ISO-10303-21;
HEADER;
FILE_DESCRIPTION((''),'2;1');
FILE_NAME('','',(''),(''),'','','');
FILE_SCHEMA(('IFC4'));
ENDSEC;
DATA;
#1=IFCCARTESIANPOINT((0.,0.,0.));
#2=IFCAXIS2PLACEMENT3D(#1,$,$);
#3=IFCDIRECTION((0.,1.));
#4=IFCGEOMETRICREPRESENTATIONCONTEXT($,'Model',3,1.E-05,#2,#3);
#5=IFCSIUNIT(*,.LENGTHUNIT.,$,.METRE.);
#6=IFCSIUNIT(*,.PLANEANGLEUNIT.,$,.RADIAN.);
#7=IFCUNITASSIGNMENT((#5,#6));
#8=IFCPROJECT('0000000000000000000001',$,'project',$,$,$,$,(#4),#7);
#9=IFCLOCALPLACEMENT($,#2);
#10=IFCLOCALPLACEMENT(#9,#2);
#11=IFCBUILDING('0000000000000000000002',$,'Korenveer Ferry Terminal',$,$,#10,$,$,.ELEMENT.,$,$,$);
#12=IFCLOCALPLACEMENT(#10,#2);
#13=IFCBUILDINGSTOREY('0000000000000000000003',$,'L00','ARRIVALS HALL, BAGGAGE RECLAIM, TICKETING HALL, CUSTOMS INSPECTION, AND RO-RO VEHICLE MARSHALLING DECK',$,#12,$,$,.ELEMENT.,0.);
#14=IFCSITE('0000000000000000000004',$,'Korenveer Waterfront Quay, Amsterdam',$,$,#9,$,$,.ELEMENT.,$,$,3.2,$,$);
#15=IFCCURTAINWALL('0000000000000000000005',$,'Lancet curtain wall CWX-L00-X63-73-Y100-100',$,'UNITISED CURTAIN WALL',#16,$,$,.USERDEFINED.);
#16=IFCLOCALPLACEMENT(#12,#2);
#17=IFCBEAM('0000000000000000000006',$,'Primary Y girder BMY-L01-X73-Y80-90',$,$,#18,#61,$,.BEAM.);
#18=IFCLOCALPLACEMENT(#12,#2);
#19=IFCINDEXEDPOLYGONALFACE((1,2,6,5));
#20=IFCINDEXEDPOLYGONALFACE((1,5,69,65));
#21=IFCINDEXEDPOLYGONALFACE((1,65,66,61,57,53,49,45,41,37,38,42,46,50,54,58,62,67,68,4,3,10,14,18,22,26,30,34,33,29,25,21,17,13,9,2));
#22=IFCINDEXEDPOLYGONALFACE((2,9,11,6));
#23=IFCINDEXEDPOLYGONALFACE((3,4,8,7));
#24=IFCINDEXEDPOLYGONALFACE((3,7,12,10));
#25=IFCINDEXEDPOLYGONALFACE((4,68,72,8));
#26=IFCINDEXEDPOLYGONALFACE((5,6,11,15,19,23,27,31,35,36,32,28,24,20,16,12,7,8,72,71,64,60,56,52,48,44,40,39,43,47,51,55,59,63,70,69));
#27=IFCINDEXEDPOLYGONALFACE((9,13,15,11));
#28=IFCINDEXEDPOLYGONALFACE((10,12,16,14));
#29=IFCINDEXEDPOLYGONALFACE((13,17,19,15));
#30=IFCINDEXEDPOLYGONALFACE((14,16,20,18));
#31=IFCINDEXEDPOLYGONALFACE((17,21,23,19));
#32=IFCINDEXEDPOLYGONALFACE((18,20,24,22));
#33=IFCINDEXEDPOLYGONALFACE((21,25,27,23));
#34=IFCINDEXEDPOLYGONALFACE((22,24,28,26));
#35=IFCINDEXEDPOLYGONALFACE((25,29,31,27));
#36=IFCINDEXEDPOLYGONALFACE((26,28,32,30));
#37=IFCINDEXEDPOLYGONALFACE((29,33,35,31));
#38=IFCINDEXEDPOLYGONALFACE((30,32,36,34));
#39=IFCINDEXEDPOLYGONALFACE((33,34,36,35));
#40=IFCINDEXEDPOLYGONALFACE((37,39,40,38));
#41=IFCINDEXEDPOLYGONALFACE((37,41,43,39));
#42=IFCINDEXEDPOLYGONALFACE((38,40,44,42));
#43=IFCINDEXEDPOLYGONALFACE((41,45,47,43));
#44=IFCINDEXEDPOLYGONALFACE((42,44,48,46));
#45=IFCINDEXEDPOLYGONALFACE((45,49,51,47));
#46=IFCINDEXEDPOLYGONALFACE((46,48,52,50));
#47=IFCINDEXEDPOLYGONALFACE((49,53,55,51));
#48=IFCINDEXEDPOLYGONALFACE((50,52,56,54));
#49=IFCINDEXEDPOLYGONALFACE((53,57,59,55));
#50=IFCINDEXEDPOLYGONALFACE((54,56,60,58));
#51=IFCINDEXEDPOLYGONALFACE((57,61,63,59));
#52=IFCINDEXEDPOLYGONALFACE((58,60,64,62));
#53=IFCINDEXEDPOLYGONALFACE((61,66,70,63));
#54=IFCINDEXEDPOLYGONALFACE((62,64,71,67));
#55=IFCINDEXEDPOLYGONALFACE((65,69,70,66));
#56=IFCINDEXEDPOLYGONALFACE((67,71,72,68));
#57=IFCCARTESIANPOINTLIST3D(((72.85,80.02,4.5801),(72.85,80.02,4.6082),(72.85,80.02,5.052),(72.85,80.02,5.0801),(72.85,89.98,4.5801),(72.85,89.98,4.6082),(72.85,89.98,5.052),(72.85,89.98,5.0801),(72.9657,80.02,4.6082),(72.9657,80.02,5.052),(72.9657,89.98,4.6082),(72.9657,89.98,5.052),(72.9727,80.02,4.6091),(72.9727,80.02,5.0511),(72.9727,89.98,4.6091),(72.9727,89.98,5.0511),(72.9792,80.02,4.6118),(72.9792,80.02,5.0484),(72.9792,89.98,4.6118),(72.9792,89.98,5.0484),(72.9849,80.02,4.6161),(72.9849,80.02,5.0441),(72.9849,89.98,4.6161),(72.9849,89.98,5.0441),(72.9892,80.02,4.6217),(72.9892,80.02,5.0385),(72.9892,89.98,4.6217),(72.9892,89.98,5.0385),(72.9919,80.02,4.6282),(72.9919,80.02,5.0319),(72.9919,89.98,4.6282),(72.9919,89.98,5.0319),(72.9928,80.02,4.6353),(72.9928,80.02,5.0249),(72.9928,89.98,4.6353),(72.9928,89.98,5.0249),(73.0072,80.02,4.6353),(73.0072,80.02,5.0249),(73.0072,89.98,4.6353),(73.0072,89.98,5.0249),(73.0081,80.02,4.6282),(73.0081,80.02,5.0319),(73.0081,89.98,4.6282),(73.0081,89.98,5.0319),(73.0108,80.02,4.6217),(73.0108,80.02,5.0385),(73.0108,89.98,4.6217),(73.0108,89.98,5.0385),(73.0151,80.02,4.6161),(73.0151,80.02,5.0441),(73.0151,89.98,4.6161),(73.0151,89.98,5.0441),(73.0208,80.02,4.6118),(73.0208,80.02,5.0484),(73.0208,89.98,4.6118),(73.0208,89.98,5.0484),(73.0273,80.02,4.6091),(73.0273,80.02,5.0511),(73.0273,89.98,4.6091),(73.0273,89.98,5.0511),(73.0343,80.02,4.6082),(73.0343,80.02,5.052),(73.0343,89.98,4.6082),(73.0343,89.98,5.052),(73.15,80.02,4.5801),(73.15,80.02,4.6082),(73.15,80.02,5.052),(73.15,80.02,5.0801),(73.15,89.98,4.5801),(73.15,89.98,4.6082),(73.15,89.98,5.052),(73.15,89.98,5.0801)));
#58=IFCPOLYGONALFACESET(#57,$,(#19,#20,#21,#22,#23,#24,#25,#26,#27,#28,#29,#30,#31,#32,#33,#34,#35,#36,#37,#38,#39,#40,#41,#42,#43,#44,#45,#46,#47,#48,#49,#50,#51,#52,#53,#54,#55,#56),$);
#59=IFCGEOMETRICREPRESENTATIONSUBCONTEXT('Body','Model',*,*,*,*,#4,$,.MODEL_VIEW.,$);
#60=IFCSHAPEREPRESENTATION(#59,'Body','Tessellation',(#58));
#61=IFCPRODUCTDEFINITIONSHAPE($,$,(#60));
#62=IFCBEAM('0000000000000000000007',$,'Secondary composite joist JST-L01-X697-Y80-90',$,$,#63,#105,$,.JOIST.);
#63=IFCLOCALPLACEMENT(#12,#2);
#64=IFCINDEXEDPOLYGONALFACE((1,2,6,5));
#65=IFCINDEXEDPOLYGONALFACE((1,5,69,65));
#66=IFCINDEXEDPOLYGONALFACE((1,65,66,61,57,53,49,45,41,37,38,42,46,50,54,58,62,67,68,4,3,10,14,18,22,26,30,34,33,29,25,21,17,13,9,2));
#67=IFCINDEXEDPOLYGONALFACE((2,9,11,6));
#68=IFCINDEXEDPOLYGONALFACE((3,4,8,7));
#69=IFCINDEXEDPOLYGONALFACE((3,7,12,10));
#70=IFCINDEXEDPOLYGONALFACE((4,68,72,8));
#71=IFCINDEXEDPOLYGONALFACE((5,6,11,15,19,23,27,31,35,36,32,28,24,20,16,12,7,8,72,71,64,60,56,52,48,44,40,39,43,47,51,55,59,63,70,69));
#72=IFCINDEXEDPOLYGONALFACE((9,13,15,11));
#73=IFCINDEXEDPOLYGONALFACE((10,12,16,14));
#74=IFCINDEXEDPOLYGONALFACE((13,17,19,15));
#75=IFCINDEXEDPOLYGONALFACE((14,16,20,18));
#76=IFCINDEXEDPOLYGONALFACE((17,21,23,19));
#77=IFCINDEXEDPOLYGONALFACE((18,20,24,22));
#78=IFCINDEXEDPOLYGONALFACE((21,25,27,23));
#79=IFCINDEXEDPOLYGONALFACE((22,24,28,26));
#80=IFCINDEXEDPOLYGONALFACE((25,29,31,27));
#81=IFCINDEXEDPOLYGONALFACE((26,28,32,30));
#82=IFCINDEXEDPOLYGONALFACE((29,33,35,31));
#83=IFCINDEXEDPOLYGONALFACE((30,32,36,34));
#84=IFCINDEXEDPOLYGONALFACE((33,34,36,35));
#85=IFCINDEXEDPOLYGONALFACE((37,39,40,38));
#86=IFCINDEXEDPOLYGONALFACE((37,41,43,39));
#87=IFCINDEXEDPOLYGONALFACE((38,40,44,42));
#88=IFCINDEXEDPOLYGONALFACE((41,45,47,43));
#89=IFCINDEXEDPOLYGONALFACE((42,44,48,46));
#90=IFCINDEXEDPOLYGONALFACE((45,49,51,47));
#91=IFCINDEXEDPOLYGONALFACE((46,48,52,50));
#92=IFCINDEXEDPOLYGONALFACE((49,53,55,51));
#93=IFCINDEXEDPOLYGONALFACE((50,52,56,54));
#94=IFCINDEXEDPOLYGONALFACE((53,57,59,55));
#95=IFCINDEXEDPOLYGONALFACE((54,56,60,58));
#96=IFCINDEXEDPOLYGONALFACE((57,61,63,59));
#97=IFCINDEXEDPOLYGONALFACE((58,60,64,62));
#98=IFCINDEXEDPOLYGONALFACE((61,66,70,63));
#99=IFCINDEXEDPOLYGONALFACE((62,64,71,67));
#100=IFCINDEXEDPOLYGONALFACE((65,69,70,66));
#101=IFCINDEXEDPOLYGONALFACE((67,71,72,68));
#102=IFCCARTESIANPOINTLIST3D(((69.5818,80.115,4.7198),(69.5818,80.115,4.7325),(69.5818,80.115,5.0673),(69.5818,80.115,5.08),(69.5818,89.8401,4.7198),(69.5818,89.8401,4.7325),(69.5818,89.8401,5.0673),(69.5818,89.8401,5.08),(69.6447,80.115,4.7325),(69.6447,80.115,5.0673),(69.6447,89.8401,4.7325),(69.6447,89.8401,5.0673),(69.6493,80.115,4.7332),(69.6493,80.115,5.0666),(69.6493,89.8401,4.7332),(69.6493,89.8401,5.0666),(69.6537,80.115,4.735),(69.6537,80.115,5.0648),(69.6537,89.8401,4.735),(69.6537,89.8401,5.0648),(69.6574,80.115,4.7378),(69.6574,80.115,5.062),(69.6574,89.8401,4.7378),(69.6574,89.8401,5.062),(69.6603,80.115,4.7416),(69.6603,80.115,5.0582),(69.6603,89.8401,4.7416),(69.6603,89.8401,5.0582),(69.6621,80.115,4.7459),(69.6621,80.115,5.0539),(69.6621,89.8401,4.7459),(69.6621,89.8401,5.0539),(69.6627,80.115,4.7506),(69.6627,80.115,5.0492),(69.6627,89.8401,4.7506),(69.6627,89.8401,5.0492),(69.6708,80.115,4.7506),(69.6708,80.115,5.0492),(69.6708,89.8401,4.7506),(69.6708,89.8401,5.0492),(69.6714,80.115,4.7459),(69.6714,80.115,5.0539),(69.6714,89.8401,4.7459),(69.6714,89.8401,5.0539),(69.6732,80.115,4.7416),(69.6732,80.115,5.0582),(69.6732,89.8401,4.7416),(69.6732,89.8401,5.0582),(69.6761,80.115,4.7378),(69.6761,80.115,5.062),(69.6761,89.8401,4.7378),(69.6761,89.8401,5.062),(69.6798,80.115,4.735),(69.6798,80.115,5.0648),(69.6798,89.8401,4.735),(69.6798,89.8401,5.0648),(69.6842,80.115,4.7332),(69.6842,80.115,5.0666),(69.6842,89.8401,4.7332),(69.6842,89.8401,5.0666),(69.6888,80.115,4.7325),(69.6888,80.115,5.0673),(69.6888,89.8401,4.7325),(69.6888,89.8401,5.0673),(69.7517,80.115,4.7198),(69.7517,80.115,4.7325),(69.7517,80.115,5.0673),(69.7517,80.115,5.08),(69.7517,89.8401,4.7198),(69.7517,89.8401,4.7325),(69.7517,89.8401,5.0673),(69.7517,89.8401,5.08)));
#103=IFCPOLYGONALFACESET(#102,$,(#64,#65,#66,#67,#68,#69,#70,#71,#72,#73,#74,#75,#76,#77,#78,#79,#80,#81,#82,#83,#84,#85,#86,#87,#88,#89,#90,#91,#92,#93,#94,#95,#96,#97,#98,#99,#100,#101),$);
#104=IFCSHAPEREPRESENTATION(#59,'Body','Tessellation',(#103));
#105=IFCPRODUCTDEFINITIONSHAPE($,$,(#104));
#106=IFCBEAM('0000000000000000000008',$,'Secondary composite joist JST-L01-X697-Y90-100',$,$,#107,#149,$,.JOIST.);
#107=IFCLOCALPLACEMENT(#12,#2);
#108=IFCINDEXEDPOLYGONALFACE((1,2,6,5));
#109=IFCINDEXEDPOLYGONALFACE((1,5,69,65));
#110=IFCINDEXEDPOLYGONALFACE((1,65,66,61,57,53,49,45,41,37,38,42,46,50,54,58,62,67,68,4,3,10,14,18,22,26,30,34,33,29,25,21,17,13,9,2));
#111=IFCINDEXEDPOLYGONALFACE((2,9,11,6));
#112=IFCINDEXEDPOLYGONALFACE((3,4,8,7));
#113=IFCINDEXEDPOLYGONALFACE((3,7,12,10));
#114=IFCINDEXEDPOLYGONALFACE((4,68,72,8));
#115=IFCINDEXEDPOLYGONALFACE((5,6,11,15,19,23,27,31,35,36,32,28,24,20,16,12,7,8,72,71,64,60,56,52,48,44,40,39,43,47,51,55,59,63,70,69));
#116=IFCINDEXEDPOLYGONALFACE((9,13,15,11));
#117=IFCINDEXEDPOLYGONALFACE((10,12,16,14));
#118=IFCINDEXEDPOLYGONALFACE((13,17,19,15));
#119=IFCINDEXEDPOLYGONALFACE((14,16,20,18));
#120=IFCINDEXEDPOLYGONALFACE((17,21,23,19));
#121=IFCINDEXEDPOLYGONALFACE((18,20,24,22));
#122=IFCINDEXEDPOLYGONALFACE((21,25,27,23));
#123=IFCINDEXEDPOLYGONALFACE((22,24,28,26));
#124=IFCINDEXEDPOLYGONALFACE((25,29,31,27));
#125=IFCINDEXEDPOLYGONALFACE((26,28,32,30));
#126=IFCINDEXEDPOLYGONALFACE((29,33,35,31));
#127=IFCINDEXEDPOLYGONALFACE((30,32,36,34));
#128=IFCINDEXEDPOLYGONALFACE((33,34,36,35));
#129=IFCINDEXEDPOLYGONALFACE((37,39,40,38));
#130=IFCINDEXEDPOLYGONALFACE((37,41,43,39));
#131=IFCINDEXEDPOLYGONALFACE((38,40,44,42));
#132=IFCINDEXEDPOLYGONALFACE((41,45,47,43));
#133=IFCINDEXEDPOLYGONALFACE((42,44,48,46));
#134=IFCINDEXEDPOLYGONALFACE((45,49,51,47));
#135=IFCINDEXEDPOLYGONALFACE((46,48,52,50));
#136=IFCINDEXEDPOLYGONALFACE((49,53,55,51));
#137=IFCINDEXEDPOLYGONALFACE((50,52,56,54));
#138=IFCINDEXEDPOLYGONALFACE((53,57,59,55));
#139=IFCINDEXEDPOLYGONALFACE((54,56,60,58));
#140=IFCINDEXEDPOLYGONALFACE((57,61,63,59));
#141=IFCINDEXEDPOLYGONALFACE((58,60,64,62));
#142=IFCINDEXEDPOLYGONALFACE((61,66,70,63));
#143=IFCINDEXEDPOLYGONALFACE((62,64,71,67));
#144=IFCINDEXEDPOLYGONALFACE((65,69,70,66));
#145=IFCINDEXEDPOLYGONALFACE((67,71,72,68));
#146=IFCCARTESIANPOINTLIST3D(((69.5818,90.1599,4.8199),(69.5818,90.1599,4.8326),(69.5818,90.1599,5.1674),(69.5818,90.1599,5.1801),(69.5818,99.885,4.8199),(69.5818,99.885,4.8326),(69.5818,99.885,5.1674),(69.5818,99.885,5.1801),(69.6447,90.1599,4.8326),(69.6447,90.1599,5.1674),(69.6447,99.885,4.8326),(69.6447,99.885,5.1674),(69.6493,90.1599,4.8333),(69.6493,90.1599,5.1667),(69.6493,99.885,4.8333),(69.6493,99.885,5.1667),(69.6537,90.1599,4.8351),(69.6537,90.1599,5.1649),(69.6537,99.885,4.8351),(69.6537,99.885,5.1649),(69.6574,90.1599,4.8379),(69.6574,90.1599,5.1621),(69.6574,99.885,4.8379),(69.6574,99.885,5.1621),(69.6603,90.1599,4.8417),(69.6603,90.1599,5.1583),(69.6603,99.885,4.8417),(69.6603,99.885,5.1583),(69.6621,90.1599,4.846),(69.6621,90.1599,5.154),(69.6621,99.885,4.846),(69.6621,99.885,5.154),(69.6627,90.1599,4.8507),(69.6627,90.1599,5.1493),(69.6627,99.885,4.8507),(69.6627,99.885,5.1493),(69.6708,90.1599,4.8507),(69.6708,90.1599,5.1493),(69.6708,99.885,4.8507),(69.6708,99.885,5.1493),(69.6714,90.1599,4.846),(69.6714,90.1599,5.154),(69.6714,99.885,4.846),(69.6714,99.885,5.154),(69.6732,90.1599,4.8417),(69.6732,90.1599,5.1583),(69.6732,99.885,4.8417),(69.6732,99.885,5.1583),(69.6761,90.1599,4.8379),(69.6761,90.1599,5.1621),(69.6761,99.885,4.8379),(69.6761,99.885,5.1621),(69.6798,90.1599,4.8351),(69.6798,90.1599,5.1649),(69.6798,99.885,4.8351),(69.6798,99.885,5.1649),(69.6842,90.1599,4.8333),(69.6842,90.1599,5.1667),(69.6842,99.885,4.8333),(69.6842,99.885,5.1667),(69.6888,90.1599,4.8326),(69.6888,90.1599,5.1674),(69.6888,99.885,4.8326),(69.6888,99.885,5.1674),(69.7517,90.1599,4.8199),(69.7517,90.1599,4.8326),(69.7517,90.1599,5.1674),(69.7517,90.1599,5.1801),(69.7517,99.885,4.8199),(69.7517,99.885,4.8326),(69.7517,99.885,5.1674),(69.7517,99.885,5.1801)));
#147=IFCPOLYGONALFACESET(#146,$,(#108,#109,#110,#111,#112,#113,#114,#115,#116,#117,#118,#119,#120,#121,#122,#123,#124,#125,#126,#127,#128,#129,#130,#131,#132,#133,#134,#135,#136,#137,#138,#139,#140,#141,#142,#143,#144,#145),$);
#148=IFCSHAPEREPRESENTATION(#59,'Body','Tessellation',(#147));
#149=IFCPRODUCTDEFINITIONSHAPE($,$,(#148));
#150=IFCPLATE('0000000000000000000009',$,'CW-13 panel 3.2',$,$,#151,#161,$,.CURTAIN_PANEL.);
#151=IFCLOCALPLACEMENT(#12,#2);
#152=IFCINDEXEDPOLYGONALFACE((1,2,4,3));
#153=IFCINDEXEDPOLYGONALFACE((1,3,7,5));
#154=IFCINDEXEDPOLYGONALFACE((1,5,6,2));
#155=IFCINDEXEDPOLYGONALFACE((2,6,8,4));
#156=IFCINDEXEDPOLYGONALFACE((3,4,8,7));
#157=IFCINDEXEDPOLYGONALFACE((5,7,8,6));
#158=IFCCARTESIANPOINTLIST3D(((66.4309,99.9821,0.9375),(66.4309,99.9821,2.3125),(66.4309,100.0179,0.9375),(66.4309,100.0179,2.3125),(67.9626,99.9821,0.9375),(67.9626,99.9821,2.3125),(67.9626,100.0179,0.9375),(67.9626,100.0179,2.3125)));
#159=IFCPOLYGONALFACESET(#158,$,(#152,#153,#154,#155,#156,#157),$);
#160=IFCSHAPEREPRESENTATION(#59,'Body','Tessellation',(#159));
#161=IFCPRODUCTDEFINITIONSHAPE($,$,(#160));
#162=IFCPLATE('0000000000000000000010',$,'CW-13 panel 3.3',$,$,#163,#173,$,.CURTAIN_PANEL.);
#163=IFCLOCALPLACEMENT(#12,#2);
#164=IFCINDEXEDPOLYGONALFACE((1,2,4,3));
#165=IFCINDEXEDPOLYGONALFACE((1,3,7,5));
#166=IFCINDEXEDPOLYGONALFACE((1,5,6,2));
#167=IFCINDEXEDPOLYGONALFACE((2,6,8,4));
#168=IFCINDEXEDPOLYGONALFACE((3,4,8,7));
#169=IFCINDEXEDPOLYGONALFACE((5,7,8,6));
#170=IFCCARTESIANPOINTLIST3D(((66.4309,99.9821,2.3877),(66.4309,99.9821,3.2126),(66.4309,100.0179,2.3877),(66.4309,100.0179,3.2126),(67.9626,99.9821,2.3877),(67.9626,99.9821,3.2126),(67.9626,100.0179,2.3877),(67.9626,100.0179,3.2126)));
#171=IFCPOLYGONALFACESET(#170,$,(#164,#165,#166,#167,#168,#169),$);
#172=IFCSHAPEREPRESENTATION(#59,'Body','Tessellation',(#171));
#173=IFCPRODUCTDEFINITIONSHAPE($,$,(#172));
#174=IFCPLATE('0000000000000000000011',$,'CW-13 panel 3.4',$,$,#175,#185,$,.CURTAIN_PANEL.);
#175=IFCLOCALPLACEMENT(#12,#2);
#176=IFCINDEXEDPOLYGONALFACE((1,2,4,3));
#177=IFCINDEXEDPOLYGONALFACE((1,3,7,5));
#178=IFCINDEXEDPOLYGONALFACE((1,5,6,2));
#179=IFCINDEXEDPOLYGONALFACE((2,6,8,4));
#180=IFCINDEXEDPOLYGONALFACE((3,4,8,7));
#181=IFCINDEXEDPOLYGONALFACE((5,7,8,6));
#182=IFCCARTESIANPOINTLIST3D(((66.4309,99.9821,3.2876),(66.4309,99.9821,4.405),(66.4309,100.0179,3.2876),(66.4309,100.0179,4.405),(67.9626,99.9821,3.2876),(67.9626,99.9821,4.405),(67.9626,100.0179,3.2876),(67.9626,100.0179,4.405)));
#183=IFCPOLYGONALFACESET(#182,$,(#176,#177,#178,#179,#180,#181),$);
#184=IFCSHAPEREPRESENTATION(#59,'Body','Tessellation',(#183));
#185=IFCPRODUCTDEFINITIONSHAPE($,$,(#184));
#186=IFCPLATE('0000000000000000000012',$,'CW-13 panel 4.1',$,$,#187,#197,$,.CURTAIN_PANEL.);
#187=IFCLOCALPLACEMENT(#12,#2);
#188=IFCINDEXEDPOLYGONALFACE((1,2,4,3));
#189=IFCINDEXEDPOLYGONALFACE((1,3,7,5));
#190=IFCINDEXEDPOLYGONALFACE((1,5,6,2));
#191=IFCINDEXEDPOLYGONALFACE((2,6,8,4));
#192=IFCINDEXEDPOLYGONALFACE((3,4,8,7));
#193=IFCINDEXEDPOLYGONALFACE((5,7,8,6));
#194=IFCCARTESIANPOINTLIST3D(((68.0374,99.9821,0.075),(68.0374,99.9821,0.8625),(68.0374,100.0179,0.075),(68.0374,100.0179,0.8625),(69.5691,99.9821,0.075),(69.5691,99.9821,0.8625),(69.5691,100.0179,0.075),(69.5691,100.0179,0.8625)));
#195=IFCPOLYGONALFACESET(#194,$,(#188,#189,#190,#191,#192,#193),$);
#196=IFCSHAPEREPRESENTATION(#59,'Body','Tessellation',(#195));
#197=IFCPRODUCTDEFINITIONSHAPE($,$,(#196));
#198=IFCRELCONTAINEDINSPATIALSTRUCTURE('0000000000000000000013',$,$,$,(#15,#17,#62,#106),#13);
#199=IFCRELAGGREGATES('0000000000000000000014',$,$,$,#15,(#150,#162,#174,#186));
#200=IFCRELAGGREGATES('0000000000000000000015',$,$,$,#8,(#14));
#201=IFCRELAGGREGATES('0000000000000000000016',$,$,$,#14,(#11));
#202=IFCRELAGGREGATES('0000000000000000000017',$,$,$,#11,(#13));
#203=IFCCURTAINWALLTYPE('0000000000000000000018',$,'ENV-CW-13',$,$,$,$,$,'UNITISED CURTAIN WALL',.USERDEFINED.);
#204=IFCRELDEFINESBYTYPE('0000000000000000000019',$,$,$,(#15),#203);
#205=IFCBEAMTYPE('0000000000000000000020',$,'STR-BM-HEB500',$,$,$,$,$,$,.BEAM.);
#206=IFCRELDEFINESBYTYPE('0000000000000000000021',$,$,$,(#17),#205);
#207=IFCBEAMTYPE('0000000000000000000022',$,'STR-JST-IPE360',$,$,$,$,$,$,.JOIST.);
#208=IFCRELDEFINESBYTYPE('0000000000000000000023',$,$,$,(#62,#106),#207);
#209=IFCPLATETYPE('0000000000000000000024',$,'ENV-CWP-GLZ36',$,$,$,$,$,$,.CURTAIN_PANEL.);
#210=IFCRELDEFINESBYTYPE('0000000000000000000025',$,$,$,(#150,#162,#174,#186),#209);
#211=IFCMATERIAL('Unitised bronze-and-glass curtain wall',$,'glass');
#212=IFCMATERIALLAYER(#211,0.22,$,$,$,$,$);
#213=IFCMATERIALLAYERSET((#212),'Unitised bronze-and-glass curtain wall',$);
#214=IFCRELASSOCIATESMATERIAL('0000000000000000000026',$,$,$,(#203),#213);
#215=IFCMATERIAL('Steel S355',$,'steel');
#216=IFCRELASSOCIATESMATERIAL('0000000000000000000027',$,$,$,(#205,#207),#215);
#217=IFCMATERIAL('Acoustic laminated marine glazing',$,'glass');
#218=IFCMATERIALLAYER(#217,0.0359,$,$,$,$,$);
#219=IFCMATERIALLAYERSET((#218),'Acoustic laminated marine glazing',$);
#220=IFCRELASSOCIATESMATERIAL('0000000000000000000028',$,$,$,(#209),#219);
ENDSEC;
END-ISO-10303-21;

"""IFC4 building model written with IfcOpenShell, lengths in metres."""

from ifc_helpers import new_model, si_unit, direction, frame, origin, origin_2d, place, context, subcontext, project, spatial, rectangle, i_section, extrude, material, layer, layer_set, material_profile, profile_set, type_object, element, aggregate, save


model = new_model("IFC4")

# Units and contexts
model_context = context("Model", 3, precision=1e-05, world=origin(), true_north=direction((0.0, 1.0)))
body_context = subcontext(model_context, "Body", "Model", "MODEL_VIEW")
ifc_project = project(units=[si_unit("LENGTHUNIT", "METRE"), si_unit("PLANEANGLEUNIT", "RADIAN")], contexts=[model_context])

# Site, building, storey
site_placement = place(None, origin())
site = spatial("IfcSite", under=ifc_project, at=site_placement, Name="Korenveer Waterfront Quay, Amsterdam", CompositionType="ELEMENT", RefElevation=3.2)
building_placement = place(site_placement, origin())
building = spatial("IfcBuilding", under=site, at=building_placement, Name="Korenveer Ferry Terminal", CompositionType="ELEMENT")
storey_placement = place(building_placement, origin())
storey = spatial("IfcBuildingStorey", under=building, at=storey_placement, Name="L00", Description="ARRIVALS HALL, BAGGAGE RECLAIM, TICKETING HALL, CUSTOMS INSPECTION, AND RO-RO VEHICLE MARSHALLING DECK", CompositionType="ELEMENT", Elevation=0.0)

# Curtain wall
ifc_material_1 = material(Name="Unitised bronze-and-glass curtain wall", Category="glass")
ifc_layer_1 = layer(ifc_material_1, 0.22)
ifc_layer_set_1 = layer_set([ifc_layer_1], Name="Unitised bronze-and-glass curtain wall")
curtain_wall_type = type_object("IfcCurtainWallType", Name="ENV-CW-13", ElementType="UNITISED CURTAIN WALL", PredefinedType="USERDEFINED", material=ifc_layer_set_1)
curtain_wall_placement = place(storey_placement, frame((63.1799, 100.0, 0.0)))
curtain_wall = element("IfcCurtainWall", 1, at=curtain_wall_placement, inside=storey, type_object=curtain_wall_type, Name="Lancet curtain wall CWX-L00-X63-73-Y100-100", ObjectType="UNITISED CURTAIN WALL", PredefinedType="USERDEFINED")

# Beams
ifc_material_2 = material(Name="Steel S355", Category="steel")
ifc_material_profile_1 = material_profile(ifc_material_2, i_section(OverallWidth=0.3, OverallDepth=0.5, WebThickness=0.0144, FlangeThickness=0.0281, FilletRadius=0.0271, at=origin_2d()), Name="HEB 500")
ifc_profile_set_1 = profile_set([ifc_material_profile_1], Name="Steel S355")
beam_type_1 = type_object("IfcBeamType", Name="STR-BM-HEB500", PredefinedType="BEAM", material=ifc_profile_set_1)
beam_placement = place(storey_placement, frame((73.0, 80.02, 4.8301), z_axis=(0.0, 1.0, 0.0), x_axis=(-1.0, 0.0, 0.0)))
element("IfcBeam", 2, at=beam_placement, inside=storey, type_object=beam_type_1, Name="Primary Y girder BMY-L01-X73-Y80-90", PredefinedType="BEAM", context=body_context, shape_type="SweptSolid", body=[
    extrude(i_section(OverallWidth=0.3, OverallDepth=0.5, WebThickness=0.0144, FlangeThickness=0.0281, FilletRadius=0.0271, at=origin_2d()), origin(), (0.0, 0.0, 1.0), 9.96),
])
ifc_material_profile_2 = material_profile(ifc_material_2, i_section(OverallWidth=0.1699, OverallDepth=0.3601, WebThickness=0.0081, FlangeThickness=0.0127, FilletRadius=0.0181, at=origin_2d()), Name="IPE 360")
ifc_profile_set_2 = profile_set([ifc_material_profile_2], Name="Steel S355")
beam_type_2 = type_object("IfcBeamType", Name="STR-JST-IPE360", PredefinedType="JOIST", material=ifc_profile_set_2)
for number, where, z_axis, x_axis, name in (
    (3, (69.6667, 80.115, 4.8999), (0.0, 1.0, 0.0), (-1.0, 0.0, 0.0), "Secondary composite joist JST-L01-X697-Y80-90"),
    (4, (69.6667, 90.1599, 5.0), (0.0, 1.0, 0.0), (-1.0, 0.0, 0.0), "Secondary composite joist JST-L01-X697-Y90-100"),
):
    element("IfcBeam", number, at=place(storey_placement, frame(where, z_axis=z_axis, x_axis=x_axis)), inside=storey, type_object=beam_type_2, Name=name, PredefinedType="JOIST", context=body_context, shape_type="SweptSolid", body=[
        extrude(i_section(OverallWidth=0.1699, OverallDepth=0.3601, WebThickness=0.0081, FlangeThickness=0.0127, FilletRadius=0.0181, at=origin_2d()), origin(), (0.0, 0.0, 1.0), 9.7251),
    ])

# Plates
ifc_material_3 = material(Name="Acoustic laminated marine glazing", Category="glass")
ifc_layer_2 = layer(ifc_material_3, 0.0359)
ifc_layer_set_2 = layer_set([ifc_layer_2], Name="Acoustic laminated marine glazing")
plate_type = type_object("IfcPlateType", Name="ENV-CWP-GLZ36", PredefinedType="CURTAIN_PANEL", material=ifc_layer_set_2)
plate_1_placement = place(storey_placement, frame((67.1968, 100.0, 0.9375), z_axis=(0.0, 0.0, 1.0), x_axis=(1.0, 0.0, 0.0)))
plate_1 = element("IfcPlate", 5, at=plate_1_placement, type_object=plate_type, Name="CW-13 panel 3.2", PredefinedType="CURTAIN_PANEL", context=body_context, shape_type="SweptSolid", body=[
    extrude(rectangle(XDim=1.5317, YDim=0.0359, at=origin_2d()), origin(), (0.0, 0.0, 1.0), 1.375),
])
plate_2_placement = place(storey_placement, frame((67.1968, 100.0, 2.3877), z_axis=(0.0, 0.0, 1.0), x_axis=(1.0, 0.0, 0.0)))
plate_2 = element("IfcPlate", 6, at=plate_2_placement, type_object=plate_type, Name="CW-13 panel 3.3", PredefinedType="CURTAIN_PANEL", context=body_context, shape_type="SweptSolid", body=[
    extrude(rectangle(XDim=1.5317, YDim=0.0359, at=origin_2d()), origin(), (0.0, 0.0, 1.0), 0.825),
])
plate_3_placement = place(storey_placement, frame((67.1968, 100.0, 3.2876), z_axis=(0.0, 0.0, 1.0), x_axis=(1.0, 0.0, 0.0)))
plate_3 = element("IfcPlate", 7, at=plate_3_placement, type_object=plate_type, Name="CW-13 panel 3.4", PredefinedType="CURTAIN_PANEL", context=body_context, shape_type="SweptSolid", body=[
    extrude(rectangle(XDim=1.5317, YDim=0.0359, at=origin_2d()), origin(), (0.0, 0.0, 1.0), 1.1174),
])
plate_4_placement = place(storey_placement, frame((68.8032, 100.0, 0.075), z_axis=(0.0, 0.0, 1.0), x_axis=(1.0, 0.0, 0.0)))
plate_4 = element("IfcPlate", 8, at=plate_4_placement, type_object=plate_type, Name="CW-13 panel 4.1", PredefinedType="CURTAIN_PANEL", context=body_context, shape_type="SweptSolid", body=[
    extrude(rectangle(XDim=1.5317, YDim=0.0359, at=origin_2d()), origin(), (0.0, 0.0, 1.0), 0.7876),
])
aggregate(curtain_wall, [plate_1, plate_2, plate_3, plate_4])

save(model, "model.ifc")
